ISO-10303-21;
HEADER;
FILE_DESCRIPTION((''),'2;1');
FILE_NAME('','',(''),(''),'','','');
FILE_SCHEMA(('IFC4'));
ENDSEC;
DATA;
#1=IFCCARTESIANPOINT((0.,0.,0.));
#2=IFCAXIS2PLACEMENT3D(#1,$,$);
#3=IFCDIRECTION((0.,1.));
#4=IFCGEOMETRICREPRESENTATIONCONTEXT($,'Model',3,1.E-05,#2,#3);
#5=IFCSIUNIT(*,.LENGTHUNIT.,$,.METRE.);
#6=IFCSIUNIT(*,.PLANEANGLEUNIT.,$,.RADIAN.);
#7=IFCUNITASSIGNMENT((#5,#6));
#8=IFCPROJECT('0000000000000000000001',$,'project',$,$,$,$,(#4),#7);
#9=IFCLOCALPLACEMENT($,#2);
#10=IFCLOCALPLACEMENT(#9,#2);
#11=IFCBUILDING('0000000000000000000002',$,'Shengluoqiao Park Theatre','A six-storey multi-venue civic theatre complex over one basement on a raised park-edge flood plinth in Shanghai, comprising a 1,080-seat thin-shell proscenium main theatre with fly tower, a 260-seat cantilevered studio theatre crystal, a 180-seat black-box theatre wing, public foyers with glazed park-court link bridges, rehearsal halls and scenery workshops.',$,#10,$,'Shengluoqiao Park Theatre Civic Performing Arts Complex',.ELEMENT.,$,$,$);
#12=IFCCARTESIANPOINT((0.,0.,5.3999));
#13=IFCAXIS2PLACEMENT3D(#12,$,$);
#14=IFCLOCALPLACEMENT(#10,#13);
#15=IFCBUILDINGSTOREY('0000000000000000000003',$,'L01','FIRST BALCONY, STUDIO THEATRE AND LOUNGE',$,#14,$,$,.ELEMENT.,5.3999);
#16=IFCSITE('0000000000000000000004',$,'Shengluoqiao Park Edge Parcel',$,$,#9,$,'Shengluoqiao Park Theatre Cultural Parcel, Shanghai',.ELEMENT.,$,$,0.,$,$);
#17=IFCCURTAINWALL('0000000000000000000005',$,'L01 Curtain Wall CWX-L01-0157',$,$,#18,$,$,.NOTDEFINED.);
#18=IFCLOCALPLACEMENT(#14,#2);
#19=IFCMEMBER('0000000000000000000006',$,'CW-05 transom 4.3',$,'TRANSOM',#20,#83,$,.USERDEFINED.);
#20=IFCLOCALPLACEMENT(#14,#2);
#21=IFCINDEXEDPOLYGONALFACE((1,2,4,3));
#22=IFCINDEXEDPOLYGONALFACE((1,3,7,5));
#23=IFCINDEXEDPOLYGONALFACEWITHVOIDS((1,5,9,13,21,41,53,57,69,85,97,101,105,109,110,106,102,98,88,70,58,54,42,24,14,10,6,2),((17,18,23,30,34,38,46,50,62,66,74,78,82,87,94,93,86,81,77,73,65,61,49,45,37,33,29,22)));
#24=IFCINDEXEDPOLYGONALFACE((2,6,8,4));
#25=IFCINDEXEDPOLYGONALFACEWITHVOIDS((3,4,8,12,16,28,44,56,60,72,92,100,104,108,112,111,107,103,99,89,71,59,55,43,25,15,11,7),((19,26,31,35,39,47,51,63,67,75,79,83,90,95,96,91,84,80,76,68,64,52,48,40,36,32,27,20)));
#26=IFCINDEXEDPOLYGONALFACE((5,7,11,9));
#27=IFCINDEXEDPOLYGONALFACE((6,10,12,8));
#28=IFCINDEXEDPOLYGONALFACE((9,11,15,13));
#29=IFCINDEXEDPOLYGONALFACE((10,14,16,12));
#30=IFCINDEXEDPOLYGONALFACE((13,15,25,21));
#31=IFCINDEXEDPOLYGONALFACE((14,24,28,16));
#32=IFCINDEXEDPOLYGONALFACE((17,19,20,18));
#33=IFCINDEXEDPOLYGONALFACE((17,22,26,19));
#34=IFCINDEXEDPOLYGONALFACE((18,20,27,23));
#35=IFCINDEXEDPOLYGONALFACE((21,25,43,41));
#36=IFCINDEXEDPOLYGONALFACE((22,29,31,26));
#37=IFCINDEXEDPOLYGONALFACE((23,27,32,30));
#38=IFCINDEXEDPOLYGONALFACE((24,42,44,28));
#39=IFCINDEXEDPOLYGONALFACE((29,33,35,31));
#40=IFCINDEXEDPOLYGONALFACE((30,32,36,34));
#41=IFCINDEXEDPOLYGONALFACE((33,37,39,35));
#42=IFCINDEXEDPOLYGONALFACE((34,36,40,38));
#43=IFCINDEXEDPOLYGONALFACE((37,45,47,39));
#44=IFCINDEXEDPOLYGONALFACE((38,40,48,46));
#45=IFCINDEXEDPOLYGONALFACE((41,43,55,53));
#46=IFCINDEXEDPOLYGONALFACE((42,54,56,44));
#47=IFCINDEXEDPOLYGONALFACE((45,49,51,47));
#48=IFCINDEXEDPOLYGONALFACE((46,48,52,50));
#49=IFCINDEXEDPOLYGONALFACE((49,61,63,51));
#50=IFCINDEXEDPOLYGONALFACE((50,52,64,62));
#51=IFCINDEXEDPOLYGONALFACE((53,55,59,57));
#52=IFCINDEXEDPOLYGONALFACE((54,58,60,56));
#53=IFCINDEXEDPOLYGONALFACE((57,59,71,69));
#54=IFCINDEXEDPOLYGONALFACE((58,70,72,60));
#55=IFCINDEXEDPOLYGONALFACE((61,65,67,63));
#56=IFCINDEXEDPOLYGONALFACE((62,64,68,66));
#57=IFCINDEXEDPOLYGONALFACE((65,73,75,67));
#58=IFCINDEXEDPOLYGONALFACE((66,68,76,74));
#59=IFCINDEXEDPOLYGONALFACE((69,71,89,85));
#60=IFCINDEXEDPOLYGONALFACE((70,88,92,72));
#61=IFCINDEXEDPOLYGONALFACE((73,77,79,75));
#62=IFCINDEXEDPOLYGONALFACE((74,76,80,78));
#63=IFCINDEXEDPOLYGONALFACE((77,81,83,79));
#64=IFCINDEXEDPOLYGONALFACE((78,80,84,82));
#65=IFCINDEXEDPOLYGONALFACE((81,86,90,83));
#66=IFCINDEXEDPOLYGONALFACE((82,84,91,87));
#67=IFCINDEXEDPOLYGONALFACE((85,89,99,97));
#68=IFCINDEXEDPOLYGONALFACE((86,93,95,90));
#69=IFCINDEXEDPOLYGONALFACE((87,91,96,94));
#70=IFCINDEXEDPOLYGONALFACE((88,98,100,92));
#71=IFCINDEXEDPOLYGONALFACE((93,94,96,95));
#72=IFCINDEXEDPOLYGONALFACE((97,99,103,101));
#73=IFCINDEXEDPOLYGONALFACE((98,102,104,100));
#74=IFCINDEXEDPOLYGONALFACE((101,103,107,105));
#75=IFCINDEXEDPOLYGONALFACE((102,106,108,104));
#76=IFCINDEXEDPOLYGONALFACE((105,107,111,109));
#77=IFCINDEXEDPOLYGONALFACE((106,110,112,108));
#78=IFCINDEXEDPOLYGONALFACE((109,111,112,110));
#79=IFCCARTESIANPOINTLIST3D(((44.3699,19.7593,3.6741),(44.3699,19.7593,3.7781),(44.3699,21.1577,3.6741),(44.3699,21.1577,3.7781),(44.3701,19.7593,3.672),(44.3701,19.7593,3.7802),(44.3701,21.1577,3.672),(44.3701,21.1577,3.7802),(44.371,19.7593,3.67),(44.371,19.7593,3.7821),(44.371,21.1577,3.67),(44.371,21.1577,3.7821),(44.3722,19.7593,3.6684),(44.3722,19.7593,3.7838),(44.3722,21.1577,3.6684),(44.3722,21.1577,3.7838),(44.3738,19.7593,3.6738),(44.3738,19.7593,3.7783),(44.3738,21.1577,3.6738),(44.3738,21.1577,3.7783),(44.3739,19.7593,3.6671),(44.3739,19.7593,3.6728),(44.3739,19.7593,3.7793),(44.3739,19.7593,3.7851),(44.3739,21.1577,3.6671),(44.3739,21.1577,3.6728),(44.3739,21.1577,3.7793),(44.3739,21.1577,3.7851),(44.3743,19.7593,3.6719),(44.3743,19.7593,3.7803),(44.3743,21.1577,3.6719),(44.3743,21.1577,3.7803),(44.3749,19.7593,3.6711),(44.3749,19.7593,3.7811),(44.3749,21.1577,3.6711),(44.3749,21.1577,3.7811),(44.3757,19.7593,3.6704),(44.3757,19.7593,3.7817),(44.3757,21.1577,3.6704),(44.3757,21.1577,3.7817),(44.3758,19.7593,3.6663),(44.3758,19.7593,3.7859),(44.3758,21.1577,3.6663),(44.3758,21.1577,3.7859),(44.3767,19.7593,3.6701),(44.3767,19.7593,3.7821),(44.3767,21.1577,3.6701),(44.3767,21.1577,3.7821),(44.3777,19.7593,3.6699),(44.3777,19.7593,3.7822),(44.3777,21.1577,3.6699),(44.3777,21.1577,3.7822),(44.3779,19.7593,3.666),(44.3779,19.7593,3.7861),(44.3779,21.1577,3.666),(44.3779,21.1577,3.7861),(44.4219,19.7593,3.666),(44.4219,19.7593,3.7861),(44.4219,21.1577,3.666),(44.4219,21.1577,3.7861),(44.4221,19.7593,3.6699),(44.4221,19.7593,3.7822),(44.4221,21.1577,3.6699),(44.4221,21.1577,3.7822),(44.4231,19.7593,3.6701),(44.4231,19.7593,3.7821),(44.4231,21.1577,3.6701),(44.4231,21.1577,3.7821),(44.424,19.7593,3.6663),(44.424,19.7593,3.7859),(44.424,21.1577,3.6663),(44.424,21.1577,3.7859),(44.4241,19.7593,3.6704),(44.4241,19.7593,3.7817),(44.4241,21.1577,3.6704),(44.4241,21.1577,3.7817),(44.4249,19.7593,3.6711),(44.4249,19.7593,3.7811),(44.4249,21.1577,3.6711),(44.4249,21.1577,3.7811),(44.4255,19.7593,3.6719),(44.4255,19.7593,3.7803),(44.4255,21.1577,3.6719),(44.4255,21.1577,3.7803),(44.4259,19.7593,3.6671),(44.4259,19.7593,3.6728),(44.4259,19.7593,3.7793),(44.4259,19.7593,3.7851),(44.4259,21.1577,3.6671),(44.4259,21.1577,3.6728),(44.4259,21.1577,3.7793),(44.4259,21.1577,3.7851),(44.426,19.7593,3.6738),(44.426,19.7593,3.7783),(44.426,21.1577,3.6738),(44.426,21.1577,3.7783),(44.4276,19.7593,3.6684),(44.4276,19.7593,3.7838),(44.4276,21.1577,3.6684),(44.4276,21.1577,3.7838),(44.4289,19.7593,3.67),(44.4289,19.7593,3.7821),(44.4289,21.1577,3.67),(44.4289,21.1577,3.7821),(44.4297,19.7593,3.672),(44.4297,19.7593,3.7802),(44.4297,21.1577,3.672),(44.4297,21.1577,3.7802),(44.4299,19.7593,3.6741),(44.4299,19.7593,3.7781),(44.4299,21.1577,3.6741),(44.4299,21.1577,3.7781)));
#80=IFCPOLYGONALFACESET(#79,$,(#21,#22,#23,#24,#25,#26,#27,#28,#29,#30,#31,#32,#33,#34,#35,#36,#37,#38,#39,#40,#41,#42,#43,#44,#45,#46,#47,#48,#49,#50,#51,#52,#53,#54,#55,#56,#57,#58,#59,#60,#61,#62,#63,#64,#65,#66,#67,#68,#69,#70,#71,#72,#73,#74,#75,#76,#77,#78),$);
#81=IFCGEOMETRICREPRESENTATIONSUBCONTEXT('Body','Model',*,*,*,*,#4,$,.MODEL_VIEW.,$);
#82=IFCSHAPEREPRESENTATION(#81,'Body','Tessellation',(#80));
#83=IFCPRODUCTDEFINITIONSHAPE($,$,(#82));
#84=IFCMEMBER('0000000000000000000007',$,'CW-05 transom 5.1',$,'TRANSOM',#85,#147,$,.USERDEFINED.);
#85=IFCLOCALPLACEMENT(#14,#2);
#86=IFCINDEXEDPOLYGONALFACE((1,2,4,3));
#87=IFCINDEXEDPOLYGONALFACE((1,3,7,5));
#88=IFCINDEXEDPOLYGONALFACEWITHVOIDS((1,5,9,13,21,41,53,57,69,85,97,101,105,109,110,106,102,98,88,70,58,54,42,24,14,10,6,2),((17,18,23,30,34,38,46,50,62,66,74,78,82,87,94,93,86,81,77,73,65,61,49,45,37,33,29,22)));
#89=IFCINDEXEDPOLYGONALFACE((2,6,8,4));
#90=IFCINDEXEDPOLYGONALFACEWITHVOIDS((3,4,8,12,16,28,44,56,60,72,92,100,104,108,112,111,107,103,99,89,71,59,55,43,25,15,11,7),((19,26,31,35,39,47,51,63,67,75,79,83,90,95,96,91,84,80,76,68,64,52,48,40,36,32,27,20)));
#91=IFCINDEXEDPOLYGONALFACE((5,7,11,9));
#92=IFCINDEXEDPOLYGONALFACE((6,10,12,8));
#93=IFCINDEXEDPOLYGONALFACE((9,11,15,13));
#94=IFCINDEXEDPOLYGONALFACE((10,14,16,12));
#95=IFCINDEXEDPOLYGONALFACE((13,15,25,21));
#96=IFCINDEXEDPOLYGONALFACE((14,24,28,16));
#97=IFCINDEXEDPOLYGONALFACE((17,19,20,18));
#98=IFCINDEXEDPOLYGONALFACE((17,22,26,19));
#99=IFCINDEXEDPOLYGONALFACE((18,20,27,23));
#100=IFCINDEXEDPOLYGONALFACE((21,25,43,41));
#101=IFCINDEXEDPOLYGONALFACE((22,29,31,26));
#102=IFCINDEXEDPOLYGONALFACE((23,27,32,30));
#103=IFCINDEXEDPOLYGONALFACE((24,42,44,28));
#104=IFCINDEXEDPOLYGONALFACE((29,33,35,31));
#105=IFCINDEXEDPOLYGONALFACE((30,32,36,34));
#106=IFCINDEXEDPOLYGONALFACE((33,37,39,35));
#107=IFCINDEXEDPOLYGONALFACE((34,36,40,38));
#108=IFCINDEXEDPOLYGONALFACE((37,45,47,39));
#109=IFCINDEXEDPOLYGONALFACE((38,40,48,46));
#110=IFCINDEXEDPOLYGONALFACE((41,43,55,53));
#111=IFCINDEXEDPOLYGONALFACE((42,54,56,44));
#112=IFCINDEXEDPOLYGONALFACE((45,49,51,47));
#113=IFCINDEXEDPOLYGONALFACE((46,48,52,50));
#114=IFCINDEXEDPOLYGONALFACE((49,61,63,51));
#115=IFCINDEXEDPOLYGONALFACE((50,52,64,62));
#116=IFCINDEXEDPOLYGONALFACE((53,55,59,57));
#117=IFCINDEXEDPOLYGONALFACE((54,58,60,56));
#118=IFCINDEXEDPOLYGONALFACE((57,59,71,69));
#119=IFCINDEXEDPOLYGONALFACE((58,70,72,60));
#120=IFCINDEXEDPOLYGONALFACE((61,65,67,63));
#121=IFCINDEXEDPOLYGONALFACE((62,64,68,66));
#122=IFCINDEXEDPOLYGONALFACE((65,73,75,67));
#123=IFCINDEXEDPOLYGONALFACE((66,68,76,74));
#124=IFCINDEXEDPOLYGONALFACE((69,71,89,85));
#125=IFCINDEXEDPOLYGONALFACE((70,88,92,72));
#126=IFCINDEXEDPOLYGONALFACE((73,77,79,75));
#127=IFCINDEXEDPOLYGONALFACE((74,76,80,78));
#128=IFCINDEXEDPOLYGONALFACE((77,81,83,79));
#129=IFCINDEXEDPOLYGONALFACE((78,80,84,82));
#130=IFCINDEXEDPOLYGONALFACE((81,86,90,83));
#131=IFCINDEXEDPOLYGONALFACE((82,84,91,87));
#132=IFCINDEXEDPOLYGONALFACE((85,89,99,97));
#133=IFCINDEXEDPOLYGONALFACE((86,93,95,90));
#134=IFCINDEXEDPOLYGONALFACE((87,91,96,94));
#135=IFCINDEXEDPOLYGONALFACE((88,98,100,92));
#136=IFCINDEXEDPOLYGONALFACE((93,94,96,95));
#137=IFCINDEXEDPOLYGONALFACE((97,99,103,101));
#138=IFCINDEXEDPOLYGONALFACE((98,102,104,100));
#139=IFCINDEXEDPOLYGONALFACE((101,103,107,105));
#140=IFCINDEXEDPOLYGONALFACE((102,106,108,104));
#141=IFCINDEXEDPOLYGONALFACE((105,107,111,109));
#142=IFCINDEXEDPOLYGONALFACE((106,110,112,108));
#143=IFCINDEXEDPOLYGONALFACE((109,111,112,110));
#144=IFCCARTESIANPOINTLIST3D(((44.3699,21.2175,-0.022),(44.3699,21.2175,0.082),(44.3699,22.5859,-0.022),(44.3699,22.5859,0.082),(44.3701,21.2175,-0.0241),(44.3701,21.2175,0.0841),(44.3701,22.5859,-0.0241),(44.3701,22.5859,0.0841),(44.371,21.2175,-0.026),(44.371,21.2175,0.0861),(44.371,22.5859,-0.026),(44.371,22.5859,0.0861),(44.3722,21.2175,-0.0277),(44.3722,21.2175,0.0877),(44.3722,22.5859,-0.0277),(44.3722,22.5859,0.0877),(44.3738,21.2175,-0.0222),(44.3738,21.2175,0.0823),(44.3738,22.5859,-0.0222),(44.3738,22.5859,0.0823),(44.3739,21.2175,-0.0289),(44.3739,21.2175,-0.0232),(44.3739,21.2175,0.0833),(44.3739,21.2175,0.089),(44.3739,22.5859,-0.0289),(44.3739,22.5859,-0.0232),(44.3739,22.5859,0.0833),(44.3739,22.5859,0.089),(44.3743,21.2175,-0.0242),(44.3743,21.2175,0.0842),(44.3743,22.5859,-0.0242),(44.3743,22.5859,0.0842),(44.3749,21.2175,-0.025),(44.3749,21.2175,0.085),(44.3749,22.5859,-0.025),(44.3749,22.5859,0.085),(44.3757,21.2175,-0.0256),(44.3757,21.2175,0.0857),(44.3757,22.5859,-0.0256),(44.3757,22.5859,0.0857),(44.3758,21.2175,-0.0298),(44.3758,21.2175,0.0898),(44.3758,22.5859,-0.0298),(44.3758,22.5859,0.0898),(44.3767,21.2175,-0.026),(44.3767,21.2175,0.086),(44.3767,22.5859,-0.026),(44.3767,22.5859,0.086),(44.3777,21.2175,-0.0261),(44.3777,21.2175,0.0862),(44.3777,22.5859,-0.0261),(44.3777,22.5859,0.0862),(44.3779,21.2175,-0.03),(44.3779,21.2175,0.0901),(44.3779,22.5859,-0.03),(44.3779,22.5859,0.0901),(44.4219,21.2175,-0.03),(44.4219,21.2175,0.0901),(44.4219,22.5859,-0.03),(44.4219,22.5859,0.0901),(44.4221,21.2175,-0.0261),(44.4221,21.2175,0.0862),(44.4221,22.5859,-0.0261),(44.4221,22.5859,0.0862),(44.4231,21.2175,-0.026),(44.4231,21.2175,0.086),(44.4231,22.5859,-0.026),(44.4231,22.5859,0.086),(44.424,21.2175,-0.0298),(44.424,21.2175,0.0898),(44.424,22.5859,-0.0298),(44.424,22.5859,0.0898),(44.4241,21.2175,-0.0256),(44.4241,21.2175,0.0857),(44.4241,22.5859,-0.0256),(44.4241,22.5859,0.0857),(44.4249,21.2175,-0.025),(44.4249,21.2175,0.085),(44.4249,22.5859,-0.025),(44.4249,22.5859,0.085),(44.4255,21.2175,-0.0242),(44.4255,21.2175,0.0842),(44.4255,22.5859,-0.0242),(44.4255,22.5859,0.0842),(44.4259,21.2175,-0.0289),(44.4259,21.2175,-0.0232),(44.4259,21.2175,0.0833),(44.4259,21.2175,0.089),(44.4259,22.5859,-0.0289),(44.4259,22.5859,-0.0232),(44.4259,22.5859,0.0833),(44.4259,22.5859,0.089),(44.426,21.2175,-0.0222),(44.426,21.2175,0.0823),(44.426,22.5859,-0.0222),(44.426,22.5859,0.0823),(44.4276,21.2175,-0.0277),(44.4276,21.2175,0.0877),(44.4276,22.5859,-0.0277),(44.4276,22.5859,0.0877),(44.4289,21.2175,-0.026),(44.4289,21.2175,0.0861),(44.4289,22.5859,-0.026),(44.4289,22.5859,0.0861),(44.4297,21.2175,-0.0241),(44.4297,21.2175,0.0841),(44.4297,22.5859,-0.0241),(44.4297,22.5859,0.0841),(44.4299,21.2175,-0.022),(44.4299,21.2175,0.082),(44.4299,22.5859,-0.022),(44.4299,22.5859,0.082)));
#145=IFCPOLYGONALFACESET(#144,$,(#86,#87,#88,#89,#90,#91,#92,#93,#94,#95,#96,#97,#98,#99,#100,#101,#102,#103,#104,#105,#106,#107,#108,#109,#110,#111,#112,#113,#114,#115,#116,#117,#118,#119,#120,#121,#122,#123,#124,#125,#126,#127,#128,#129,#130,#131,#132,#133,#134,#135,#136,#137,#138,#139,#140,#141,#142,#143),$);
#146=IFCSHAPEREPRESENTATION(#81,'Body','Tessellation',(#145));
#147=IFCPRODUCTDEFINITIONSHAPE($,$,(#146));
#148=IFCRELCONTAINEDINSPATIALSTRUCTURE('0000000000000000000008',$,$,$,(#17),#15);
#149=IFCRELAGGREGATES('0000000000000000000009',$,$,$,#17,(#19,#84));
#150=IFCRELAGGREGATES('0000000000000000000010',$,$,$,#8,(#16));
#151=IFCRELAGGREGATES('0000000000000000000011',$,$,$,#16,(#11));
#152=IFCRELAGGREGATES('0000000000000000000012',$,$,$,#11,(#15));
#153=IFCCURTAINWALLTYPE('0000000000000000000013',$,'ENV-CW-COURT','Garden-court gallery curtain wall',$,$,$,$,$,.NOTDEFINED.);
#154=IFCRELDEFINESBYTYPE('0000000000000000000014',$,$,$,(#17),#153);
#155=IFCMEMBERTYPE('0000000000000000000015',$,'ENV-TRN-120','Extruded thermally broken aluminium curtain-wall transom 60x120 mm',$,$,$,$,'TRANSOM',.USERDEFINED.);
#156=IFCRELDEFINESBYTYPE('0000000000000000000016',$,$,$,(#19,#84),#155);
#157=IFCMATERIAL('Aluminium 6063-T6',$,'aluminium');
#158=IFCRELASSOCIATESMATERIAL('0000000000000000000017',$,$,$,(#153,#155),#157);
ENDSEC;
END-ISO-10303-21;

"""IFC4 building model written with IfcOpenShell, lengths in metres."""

from ifc_helpers import new_model, si_unit, direction, frame, origin, origin_2d, place, context, subcontext, project, spatial, hollow_rectangle, extrude, material, material_profile, profile_set, type_object, element, aggregate, save


model = new_model("IFC4")

# Units and contexts
model_context = context("Model", 3, precision=1e-05, world=origin(), true_north=direction((0.0, 1.0)))
body_context = subcontext(model_context, "Body", "Model", "MODEL_VIEW")
ifc_project = project(units=[si_unit("LENGTHUNIT", "METRE"), si_unit("PLANEANGLEUNIT", "RADIAN")], contexts=[model_context])

# Site, building, storey
site_placement = place(None, origin())
site = spatial("IfcSite", under=ifc_project, at=site_placement, Name="Shengluoqiao Park Edge Parcel", LongName="Shengluoqiao Park Theatre Cultural Parcel, Shanghai", CompositionType="ELEMENT", RefElevation=0.0)
building_placement = place(site_placement, origin())
building = spatial("IfcBuilding", under=site, at=building_placement, Name="Shengluoqiao Park Theatre", Description="A six-storey multi-venue civic theatre complex over one basement on a raised park-edge flood plinth in Shanghai, comprising a 1,080-seat thin-shell proscenium main theatre with fly tower, a 260-seat cantilevered studio theatre crystal, a 180-seat black-box theatre wing, public foyers with glazed park-court link bridges, rehearsal halls and scenery workshops.", LongName="Shengluoqiao Park Theatre Civic Performing Arts Complex", CompositionType="ELEMENT")
storey_placement = place(building_placement, frame((0.0, 0.0, 5.3999)))
storey = spatial("IfcBuildingStorey", under=building, at=storey_placement, Name="L01", Description="FIRST BALCONY, STUDIO THEATRE AND LOUNGE", CompositionType="ELEMENT", Elevation=5.3999)

# Curtain wall, members
ifc_material_1 = material(Name="Aluminium 6063-T6", Category="aluminium")
curtain_wall_type = type_object("IfcCurtainWallType", Name="ENV-CW-COURT", Description="Garden-court gallery curtain wall", PredefinedType="NOTDEFINED", material=ifc_material_1)
curtain_wall_placement = place(storey_placement, origin())
curtain_wall = element("IfcCurtainWall", 1, at=curtain_wall_placement, inside=storey, type_object=curtain_wall_type, Name="L01 Curtain Wall CWX-L01-0157", PredefinedType="NOTDEFINED")
ifc_material_profile_1 = material_profile(ifc_material_1, hollow_rectangle(XDim=0.0601, YDim=0.1201, WallThickness=0.0039, InnerFilletRadius=0.0039, OuterFilletRadius=0.0081, at=origin_2d()), Name="ALU TRANSOM 120x60x4")
ifc_profile_set_1 = profile_set([ifc_material_profile_1], Name="Aluminium 6063-T6")
member_type_1 = type_object("IfcMemberType", Name="ENV-TRN-120", Description="Extruded thermally broken aluminium curtain-wall transom 60x120 mm", ElementType="TRANSOM", PredefinedType="USERDEFINED", material=ifc_profile_set_1)
member_1_placement = place(storey_placement, frame((44.3999, 19.7593, 3.7261), z_axis=(0.0, 1.0, 0.0), x_axis=(-1.0, 0.0, 0.0)))
member_1 = element("IfcMember", 2, at=member_1_placement, type_object=member_type_1, Name="CW-05 transom 4.3", ObjectType="TRANSOM", PredefinedType="USERDEFINED", context=body_context, shape_type="SweptSolid", body=[
    extrude(hollow_rectangle(XDim=0.0601, YDim=0.1201, WallThickness=0.0039, InnerFilletRadius=0.0039, OuterFilletRadius=0.0081, at=origin_2d()), origin(), (0.0, 0.0, 1.0), 1.3984),
])
member_2_placement = place(storey_placement, frame((44.3999, 21.2175, 0.03), z_axis=(0.0, 1.0, 0.0), x_axis=(-1.0, 0.0, 0.0)))
member_2 = element("IfcMember", 3, at=member_2_placement, type_object=member_type_1, Name="CW-05 transom 5.1", ObjectType="TRANSOM", PredefinedType="USERDEFINED", context=body_context, shape_type="SweptSolid", body=[
    extrude(hollow_rectangle(XDim=0.0601, YDim=0.1201, WallThickness=0.0039, InnerFilletRadius=0.0039, OuterFilletRadius=0.0081, at=origin_2d()), origin(), (0.0, 0.0, 1.0), 1.3684),
])
aggregate(curtain_wall, [member_1, member_2])

save(model, "model.ifc")
